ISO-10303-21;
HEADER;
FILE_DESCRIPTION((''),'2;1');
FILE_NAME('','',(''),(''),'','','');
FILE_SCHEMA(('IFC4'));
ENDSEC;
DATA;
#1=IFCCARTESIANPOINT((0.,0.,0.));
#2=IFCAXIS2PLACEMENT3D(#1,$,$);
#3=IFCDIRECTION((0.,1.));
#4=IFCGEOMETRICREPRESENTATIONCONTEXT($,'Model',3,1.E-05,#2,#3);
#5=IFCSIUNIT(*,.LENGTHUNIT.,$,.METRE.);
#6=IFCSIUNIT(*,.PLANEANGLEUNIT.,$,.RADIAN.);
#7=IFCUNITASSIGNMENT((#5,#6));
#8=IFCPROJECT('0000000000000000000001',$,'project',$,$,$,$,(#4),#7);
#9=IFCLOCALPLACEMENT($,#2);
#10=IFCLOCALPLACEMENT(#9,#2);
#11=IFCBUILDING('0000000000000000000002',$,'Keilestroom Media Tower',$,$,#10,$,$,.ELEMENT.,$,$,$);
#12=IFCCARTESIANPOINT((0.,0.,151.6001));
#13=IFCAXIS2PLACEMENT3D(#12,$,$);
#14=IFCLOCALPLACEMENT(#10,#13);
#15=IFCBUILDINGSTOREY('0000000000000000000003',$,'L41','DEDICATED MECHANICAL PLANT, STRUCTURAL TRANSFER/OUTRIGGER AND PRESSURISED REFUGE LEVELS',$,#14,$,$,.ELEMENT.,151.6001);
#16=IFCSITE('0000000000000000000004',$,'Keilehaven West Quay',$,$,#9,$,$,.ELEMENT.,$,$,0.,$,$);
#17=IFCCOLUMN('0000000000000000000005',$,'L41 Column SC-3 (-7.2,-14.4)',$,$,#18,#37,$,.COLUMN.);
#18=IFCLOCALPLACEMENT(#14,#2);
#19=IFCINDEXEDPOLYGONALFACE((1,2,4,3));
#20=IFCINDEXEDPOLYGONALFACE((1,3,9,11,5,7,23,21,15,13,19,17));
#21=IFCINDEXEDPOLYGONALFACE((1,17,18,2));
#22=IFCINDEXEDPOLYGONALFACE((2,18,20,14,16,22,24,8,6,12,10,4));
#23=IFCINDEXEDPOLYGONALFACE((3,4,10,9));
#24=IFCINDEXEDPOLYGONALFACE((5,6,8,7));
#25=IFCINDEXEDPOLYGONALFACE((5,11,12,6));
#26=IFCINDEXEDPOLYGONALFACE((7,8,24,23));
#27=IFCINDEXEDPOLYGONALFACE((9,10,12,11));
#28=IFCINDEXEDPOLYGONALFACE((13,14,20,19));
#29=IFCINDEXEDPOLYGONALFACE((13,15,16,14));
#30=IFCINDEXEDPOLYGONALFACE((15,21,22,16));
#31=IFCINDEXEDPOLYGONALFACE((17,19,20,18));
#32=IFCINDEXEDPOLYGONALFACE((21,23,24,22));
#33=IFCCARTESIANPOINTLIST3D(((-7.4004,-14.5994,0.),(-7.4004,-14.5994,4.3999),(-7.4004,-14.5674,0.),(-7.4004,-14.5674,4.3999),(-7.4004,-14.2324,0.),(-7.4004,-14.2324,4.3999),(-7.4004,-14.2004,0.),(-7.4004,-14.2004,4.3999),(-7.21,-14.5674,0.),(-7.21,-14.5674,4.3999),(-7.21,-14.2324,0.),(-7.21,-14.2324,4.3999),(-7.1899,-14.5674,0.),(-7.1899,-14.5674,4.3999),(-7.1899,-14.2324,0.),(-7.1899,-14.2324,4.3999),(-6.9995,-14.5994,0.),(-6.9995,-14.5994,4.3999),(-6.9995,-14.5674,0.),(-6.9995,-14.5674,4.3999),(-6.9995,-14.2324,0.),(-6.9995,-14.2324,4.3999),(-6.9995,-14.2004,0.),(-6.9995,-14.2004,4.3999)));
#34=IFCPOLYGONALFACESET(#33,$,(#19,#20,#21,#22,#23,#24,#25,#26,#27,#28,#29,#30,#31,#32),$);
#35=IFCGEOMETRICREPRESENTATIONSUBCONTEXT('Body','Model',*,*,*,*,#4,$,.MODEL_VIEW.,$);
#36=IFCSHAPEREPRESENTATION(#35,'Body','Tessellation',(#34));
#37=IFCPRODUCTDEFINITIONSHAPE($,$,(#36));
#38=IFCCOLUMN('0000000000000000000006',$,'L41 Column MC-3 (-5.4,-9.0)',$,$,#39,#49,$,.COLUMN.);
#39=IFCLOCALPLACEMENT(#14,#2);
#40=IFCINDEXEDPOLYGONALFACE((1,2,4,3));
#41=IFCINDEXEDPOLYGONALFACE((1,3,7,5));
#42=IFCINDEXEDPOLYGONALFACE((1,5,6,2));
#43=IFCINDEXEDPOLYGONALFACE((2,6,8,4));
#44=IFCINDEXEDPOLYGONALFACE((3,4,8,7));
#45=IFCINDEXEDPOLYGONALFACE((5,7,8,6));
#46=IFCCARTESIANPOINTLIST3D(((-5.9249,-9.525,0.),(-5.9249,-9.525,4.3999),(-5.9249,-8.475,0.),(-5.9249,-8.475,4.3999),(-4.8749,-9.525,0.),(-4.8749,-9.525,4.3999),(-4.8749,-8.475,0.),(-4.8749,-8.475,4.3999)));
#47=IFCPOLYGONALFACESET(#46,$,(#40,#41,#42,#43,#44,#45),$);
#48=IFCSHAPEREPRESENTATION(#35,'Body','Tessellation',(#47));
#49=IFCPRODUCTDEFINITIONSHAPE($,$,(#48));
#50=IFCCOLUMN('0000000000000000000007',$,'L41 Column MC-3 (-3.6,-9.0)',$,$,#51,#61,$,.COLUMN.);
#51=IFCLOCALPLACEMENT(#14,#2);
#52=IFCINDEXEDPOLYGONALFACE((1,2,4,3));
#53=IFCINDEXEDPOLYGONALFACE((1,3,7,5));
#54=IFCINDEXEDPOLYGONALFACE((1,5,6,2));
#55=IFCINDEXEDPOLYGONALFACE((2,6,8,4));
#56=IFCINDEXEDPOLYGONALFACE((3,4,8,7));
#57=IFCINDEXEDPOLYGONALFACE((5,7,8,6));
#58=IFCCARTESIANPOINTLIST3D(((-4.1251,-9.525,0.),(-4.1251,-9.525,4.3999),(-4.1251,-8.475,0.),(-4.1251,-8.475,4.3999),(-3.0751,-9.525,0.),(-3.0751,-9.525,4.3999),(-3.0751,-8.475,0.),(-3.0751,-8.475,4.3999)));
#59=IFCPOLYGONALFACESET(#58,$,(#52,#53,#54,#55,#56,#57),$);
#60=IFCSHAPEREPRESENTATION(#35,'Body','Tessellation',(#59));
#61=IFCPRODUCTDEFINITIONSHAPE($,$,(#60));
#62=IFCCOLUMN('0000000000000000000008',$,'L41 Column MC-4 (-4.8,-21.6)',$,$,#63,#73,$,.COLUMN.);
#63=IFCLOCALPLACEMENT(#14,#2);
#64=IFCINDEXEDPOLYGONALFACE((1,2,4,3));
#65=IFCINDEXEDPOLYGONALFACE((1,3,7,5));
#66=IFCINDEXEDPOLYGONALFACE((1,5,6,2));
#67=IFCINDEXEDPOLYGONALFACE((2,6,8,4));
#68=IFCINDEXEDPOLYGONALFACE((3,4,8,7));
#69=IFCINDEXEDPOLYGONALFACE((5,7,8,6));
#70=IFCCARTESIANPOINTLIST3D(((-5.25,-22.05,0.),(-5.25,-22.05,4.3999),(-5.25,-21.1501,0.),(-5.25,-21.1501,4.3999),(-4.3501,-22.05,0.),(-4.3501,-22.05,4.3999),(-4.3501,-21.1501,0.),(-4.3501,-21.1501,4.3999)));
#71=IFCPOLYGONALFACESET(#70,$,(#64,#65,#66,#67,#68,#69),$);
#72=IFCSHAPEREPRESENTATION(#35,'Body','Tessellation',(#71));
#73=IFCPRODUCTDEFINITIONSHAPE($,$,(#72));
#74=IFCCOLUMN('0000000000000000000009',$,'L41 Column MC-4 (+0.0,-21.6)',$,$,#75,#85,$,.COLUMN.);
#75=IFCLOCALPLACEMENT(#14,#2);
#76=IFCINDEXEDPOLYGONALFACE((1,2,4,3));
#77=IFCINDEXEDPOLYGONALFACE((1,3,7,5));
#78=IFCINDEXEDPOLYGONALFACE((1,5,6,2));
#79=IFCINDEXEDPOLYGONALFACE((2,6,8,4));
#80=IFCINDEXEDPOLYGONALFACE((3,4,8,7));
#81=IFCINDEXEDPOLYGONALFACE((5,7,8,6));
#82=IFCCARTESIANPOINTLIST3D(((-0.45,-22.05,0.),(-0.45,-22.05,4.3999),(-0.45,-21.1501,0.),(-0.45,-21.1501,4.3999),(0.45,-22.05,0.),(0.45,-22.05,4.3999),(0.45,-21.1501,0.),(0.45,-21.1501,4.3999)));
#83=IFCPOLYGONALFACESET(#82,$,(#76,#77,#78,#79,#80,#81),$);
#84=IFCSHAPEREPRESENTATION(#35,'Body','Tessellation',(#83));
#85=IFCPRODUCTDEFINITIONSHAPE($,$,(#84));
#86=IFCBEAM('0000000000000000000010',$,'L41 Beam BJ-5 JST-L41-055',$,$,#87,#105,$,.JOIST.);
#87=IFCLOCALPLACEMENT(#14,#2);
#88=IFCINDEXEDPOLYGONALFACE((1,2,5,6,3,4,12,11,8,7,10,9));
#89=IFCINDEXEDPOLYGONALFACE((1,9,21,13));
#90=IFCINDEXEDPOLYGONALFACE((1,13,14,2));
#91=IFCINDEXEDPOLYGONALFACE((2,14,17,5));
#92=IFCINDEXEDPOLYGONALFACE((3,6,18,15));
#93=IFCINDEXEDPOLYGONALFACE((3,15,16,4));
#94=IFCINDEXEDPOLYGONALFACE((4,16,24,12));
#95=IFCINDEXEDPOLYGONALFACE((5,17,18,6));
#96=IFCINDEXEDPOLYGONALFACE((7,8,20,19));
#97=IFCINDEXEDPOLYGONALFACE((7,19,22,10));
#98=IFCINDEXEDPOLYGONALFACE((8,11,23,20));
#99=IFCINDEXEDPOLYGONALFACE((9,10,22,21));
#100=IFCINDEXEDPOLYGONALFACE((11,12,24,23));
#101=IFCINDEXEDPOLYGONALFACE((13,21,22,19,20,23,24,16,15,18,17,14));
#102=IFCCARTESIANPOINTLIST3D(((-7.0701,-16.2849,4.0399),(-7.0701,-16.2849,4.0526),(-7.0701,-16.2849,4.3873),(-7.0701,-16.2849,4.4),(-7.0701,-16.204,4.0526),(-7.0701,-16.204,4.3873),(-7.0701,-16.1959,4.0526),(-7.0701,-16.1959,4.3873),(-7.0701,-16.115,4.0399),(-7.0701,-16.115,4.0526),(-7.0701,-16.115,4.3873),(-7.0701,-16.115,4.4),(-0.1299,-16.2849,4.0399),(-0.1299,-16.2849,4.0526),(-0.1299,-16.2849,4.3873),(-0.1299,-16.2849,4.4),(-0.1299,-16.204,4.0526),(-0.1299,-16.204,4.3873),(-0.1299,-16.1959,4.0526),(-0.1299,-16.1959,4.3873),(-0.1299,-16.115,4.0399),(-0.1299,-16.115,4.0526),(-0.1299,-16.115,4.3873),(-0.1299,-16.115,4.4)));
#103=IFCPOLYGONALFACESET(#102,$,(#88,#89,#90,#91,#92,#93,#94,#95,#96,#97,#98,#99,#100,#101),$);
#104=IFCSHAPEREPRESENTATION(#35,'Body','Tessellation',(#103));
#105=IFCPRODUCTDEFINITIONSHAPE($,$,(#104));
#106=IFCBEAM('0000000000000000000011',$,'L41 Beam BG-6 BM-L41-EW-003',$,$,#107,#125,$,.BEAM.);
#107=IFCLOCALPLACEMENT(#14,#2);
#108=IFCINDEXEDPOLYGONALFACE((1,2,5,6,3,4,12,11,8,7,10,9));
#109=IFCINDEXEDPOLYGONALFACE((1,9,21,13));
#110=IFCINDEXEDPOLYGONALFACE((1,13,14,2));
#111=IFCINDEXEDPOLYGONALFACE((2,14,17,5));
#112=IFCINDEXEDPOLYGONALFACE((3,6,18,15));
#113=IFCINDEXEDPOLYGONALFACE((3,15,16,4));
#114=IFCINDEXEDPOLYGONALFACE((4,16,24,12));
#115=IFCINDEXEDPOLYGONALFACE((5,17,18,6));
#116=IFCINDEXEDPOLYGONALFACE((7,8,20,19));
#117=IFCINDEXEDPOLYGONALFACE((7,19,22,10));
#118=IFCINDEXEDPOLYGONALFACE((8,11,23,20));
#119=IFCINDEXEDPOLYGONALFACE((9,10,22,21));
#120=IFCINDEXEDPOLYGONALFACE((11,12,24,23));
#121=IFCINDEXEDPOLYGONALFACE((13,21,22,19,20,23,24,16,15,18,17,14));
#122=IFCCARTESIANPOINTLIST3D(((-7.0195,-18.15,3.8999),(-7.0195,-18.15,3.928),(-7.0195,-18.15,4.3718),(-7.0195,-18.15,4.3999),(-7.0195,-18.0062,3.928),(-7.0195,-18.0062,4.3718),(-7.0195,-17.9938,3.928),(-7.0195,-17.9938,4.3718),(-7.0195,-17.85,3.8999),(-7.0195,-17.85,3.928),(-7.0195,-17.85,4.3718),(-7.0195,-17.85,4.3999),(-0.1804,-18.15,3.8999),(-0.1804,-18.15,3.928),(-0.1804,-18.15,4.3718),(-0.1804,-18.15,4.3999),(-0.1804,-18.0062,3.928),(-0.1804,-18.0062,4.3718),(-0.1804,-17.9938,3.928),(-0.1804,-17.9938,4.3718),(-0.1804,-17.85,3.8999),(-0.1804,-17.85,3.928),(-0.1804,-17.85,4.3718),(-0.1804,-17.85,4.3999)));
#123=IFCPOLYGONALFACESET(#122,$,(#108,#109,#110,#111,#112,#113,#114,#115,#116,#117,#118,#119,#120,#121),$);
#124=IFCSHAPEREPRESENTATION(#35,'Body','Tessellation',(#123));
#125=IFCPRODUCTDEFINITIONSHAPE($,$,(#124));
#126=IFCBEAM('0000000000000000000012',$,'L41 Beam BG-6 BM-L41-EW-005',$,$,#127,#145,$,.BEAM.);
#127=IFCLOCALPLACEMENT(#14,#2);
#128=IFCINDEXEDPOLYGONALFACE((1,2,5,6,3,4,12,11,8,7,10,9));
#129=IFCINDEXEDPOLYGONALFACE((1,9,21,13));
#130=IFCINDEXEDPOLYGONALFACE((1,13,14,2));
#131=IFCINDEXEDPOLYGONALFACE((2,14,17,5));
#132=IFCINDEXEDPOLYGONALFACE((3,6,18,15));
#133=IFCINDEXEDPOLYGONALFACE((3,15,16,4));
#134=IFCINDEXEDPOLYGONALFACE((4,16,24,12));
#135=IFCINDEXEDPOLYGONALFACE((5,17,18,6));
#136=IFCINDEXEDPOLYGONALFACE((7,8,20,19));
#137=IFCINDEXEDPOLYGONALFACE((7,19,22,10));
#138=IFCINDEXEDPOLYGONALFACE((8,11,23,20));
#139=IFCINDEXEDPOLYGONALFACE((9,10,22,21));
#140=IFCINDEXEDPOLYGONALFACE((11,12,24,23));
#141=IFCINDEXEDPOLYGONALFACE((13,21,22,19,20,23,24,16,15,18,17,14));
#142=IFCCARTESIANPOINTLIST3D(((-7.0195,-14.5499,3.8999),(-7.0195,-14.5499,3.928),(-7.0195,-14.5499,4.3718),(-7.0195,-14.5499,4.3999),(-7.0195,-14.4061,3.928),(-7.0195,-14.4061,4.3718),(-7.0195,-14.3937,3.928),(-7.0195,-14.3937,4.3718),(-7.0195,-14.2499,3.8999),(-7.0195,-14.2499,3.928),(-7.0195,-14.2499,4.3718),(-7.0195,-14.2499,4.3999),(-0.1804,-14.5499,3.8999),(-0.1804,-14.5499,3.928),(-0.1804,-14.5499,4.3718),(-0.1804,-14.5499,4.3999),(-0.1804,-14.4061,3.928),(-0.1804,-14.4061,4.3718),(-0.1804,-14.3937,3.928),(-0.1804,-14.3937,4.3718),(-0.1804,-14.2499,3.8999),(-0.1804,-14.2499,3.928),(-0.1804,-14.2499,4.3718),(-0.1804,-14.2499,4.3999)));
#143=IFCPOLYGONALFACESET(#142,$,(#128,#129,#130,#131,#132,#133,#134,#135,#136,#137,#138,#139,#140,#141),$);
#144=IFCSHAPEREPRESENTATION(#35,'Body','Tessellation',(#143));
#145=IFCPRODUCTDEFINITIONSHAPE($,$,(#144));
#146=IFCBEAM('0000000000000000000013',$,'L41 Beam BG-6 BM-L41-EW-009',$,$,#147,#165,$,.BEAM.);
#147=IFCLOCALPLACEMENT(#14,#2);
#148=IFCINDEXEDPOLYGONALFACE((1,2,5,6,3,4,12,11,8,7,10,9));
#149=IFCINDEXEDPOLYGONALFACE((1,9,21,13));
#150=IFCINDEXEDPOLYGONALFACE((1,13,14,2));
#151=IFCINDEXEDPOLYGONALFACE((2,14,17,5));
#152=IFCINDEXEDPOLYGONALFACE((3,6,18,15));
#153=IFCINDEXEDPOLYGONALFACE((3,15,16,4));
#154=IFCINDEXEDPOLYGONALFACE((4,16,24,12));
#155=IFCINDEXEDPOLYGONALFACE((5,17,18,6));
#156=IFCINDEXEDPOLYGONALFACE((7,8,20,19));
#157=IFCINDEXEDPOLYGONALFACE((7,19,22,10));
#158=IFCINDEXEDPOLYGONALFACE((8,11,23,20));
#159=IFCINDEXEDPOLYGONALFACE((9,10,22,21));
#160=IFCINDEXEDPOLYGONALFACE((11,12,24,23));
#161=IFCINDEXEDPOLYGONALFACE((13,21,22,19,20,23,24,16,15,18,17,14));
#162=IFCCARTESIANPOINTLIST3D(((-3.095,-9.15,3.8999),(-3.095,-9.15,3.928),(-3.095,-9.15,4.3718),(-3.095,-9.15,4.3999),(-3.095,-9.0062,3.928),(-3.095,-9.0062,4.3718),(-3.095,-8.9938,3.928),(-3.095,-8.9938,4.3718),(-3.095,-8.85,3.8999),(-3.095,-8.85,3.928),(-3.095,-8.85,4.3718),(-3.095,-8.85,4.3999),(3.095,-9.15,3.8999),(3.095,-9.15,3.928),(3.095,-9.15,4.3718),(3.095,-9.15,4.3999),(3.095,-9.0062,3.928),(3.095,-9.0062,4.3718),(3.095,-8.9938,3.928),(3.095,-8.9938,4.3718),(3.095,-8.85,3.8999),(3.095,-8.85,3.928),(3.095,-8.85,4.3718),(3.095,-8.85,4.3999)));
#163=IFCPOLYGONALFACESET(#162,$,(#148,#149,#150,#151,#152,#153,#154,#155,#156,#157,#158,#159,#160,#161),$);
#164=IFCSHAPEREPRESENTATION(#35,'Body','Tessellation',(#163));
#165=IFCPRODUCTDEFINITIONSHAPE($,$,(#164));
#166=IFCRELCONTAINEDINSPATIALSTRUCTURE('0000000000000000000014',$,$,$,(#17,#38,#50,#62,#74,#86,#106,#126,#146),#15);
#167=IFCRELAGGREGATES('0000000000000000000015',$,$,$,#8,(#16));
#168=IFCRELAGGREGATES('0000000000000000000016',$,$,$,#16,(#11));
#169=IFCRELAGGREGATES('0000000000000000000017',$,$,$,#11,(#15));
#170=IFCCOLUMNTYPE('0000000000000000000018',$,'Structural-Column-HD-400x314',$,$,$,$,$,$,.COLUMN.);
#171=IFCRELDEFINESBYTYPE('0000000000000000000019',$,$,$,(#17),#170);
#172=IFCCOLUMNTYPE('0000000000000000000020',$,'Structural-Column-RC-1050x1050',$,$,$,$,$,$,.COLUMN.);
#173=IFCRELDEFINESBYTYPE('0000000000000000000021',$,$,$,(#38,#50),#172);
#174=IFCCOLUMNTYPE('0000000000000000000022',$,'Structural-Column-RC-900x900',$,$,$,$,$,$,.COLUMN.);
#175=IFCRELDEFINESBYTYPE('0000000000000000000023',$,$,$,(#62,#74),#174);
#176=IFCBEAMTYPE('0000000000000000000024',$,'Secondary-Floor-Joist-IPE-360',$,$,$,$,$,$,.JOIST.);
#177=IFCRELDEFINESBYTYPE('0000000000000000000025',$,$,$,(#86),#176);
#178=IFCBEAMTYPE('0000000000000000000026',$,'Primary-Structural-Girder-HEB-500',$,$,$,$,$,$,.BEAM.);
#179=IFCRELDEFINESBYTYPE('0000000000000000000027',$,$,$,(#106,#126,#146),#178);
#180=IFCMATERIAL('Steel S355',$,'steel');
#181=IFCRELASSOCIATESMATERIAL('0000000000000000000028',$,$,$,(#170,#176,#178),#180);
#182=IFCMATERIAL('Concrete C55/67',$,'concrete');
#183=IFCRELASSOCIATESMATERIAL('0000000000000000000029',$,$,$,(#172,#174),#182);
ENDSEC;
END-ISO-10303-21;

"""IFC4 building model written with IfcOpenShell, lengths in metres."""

from ifc_helpers import new_model, si_unit, direction, frame, origin, origin_2d, place, context, subcontext, project, spatial, rectangle, i_section, extrude, source, transform, mapped, material, material_profile, profile_set, type_object, element, save


model = new_model("IFC4")

# Units and contexts
model_context = context("Model", 3, precision=1e-05, world=origin(), true_north=direction((0.0, 1.0)))
body_context = subcontext(model_context, "Body", "Model", "MODEL_VIEW")
ifc_project = project(units=[si_unit("LENGTHUNIT", "METRE"), si_unit("PLANEANGLEUNIT", "RADIAN")], contexts=[model_context])

# Site, building, storey
site_placement = place(None, origin())
site = spatial("IfcSite", under=ifc_project, at=site_placement, Name="Keilehaven West Quay", CompositionType="ELEMENT", RefElevation=0.0)
building_placement = place(site_placement, origin())
building = spatial("IfcBuilding", under=site, at=building_placement, Name="Keilestroom Media Tower", CompositionType="ELEMENT")
storey_placement = place(building_placement, frame((0.0, 0.0, 151.6001)))
storey = spatial("IfcBuildingStorey", under=building, at=storey_placement, Name="L41", Description="DEDICATED MECHANICAL PLANT, STRUCTURAL TRANSFER/OUTRIGGER AND PRESSURISED REFUGE LEVELS", CompositionType="ELEMENT", Elevation=151.6001)

# Columns
ifc_material_1 = material(Name="Steel S355", Category="steel")
ifc_material_profile_1 = material_profile(ifc_material_1, i_section(OverallWidth=0.4009, OverallDepth=0.3989, WebThickness=0.02, FlangeThickness=0.032, at=origin_2d()), Name="HD 400x314")
ifc_profile_set_1 = profile_set([ifc_material_profile_1], Name="Steel S355")
column_type_1 = type_object("IfcColumnType", Name="Structural-Column-HD-400x314", PredefinedType="COLUMN", material=ifc_profile_set_1)
shared_shape_1 = source(origin(), body_context, "Body", "SweptSolid", [
    extrude(i_section(OverallWidth=0.4009, OverallDepth=0.3989, WebThickness=0.02, FlangeThickness=0.032, at=origin_2d()), origin(), (0.0, 0.0, 1.0), 4.3999),
])
column_placement = place(storey_placement, frame((-7.2, -14.3999, 0.0), z_axis=(0.0, 0.0, 1.0), x_axis=(1.0, 0.0, 0.0)))
element("IfcColumn", 1, at=column_placement, inside=storey, type_object=column_type_1, Name="L41 Column SC-3 (-7.2,-14.4)", PredefinedType="COLUMN", context=body_context, shape_type="MappedRepresentation", body=[
    mapped(shared_shape_1, transform((0.0, 0.0, 0.0), x_axis=(1.0, 0.0, 0.0), y_axis=(0.0, 1.0, 0.0), z_axis=(0.0, 0.0, 1.0), scale=1.0)),
])
ifc_material_2 = material(Name="Concrete C55/67", Category="concrete")
ifc_material_profile_2 = material_profile(ifc_material_2, rectangle(XDim=1.05, YDim=1.05, at=origin_2d()), Name="RC 1050x1050")
ifc_profile_set_2 = profile_set([ifc_material_profile_2], Name="Concrete C55/67")
column_type_2 = type_object("IfcColumnType", Name="Structural-Column-RC-1050x1050", PredefinedType="COLUMN", material=ifc_profile_set_2)
shared_shape_2 = source(origin(), body_context, "Body", "SweptSolid", [
    extrude(rectangle(XDim=1.05, YDim=1.05, at=origin_2d()), origin(), (0.0, 0.0, 1.0), 4.3999),
])
for number, where, z_axis, x_axis, name in (
    (2, (-5.3999, -9.0, 0.0), (0.0, 0.0, 1.0), (1.0, 0.0, 0.0), "L41 Column MC-3 (-5.4,-9.0)"),
    (3, (-3.6001, -9.0, 0.0), (0.0, 0.0, 1.0), (1.0, 0.0, 0.0), "L41 Column MC-3 (-3.6,-9.0)"),
):
    element("IfcColumn", number, at=place(storey_placement, frame(where, z_axis=z_axis, x_axis=x_axis)), inside=storey, type_object=column_type_2, Name=name, PredefinedType="COLUMN", context=body_context, shape_type="MappedRepresentation", body=[
        mapped(shared_shape_2, transform((0.0, 0.0, 0.0), x_axis=(1.0, 0.0, 0.0), y_axis=(0.0, 1.0, 0.0), z_axis=(0.0, 0.0, 1.0), scale=1.0)),
    ])
ifc_material_profile_3 = material_profile(ifc_material_2, rectangle(XDim=0.8999, YDim=0.8999, at=origin_2d()), Name="RC 900x900")
ifc_profile_set_3 = profile_set([ifc_material_profile_3], Name="Concrete C55/67")
column_type_3 = type_object("IfcColumnType", Name="Structural-Column-RC-900x900", PredefinedType="COLUMN", material=ifc_profile_set_3)
shared_shape_3 = source(origin(), body_context, "Body", "SweptSolid", [
    extrude(rectangle(XDim=0.8999, YDim=0.8999, at=origin_2d()), origin(), (0.0, 0.0, 1.0), 4.3999),
])
for number, where, z_axis, x_axis, name in (
    (4, (-4.8, -21.6001, 0.0), (0.0, 0.0, 1.0), (1.0, 0.0, 0.0), "L41 Column MC-4 (-4.8,-21.6)"),
    (5, (0.0, -21.6001, 0.0), (0.0, 0.0, 1.0), (1.0, 0.0, 0.0), "L41 Column MC-4 (+0.0,-21.6)"),
):
    element("IfcColumn", number, at=place(storey_placement, frame(where, z_axis=z_axis, x_axis=x_axis)), inside=storey, type_object=column_type_3, Name=name, PredefinedType="COLUMN", context=body_context, shape_type="MappedRepresentation", body=[
        mapped(shared_shape_3, transform((0.0, 0.0, 0.0), x_axis=(1.0, 0.0, 0.0), y_axis=(0.0, 1.0, 0.0), z_axis=(0.0, 0.0, 1.0), scale=1.0)),
    ])

# Beams
ifc_material_profile_4 = material_profile(ifc_material_1, i_section(OverallWidth=0.1699, OverallDepth=0.3601, WebThickness=0.0081, FlangeThickness=0.0127, at=origin_2d()), Name="IPE 360")
ifc_profile_set_4 = profile_set([ifc_material_profile_4], Name="Steel S355")
beam_type_1 = type_object("IfcBeamType", Name="Secondary-Floor-Joist-IPE-360", PredefinedType="JOIST", material=ifc_profile_set_4)
shared_shape_4 = source(origin(), body_context, "Body", "SweptSolid", [
    extrude(i_section(OverallWidth=0.1699, OverallDepth=0.3601, WebThickness=0.0081, FlangeThickness=0.0127, at=origin_2d()), origin(), (0.0, 0.0, 1.0), 6.9402),
])
beam_1_placement = place(storey_placement, frame((-7.0701, -16.2, 4.22), z_axis=(1.0, 0.0, 0.0), x_axis=(0.0, 1.0, 0.0)))
element("IfcBeam", 6, at=beam_1_placement, inside=storey, type_object=beam_type_1, Name="L41 Beam BJ-5 JST-L41-055", PredefinedType="JOIST", context=body_context, shape_type="MappedRepresentation", body=[
    mapped(shared_shape_4, transform((0.0, 0.0, 0.0), x_axis=(1.0, 0.0, 0.0), y_axis=(0.0, 1.0, 0.0), z_axis=(0.0, 0.0, 1.0), scale=1.0)),
])
ifc_material_profile_5 = material_profile(ifc_material_1, i_section(OverallWidth=0.3, OverallDepth=0.5, WebThickness=0.0125, FlangeThickness=0.0281, at=origin_2d()), Name="HEB 500")
ifc_profile_set_5 = profile_set([ifc_material_profile_5], Name="Steel S355")
beam_type_2 = type_object("IfcBeamType", Name="Primary-Structural-Girder-HEB-500", PredefinedType="BEAM", material=ifc_profile_set_5)
shared_shape_5 = source(origin(), body_context, "Body", "SweptSolid", [
    extrude(i_section(OverallWidth=0.3, OverallDepth=0.5, WebThickness=0.0125, FlangeThickness=0.0281, at=origin_2d()), origin(), (0.0, 0.0, 1.0), 6.8391),
])
for number, where, z_axis, x_axis, name in (
    (7, (-7.0195, -18.0, 4.1499), (1.0, 0.0, 0.0), (0.0, 1.0, 0.0), "L41 Beam BG-6 BM-L41-EW-003"),
    (8, (-7.0195, -14.3999, 4.1499), (1.0, 0.0, 0.0), (0.0, 1.0, 0.0), "L41 Beam BG-6 BM-L41-EW-005"),
):
    element("IfcBeam", number, at=place(storey_placement, frame(where, z_axis=z_axis, x_axis=x_axis)), inside=storey, type_object=beam_type_2, Name=name, PredefinedType="BEAM", context=body_context, shape_type="MappedRepresentation", body=[
        mapped(shared_shape_5, transform((0.0, 0.0, 0.0), x_axis=(1.0, 0.0, 0.0), y_axis=(0.0, 1.0, 0.0), z_axis=(0.0, 0.0, 1.0), scale=1.0)),
    ])
shared_shape_6 = source(origin(), body_context, "Body", "SweptSolid", [
    extrude(i_section(OverallWidth=0.3, OverallDepth=0.5, WebThickness=0.0125, FlangeThickness=0.0281, at=origin_2d()), origin(), (0.0, 0.0, 1.0), 6.1899),
])
beam_2_placement = place(storey_placement, frame((-3.095, -9.0, 4.1499), z_axis=(1.0, 0.0, 0.0), x_axis=(0.0, 1.0, 0.0)))
element("IfcBeam", 9, at=beam_2_placement, inside=storey, type_object=beam_type_2, Name="L41 Beam BG-6 BM-L41-EW-009", PredefinedType="BEAM", context=body_context, shape_type="MappedRepresentation", body=[
    mapped(shared_shape_6, transform((0.0, 0.0, 0.0), x_axis=(1.0, 0.0, 0.0), y_axis=(0.0, 1.0, 0.0), z_axis=(0.0, 0.0, 1.0), scale=1.0)),
])

save(model, "model.ifc")
